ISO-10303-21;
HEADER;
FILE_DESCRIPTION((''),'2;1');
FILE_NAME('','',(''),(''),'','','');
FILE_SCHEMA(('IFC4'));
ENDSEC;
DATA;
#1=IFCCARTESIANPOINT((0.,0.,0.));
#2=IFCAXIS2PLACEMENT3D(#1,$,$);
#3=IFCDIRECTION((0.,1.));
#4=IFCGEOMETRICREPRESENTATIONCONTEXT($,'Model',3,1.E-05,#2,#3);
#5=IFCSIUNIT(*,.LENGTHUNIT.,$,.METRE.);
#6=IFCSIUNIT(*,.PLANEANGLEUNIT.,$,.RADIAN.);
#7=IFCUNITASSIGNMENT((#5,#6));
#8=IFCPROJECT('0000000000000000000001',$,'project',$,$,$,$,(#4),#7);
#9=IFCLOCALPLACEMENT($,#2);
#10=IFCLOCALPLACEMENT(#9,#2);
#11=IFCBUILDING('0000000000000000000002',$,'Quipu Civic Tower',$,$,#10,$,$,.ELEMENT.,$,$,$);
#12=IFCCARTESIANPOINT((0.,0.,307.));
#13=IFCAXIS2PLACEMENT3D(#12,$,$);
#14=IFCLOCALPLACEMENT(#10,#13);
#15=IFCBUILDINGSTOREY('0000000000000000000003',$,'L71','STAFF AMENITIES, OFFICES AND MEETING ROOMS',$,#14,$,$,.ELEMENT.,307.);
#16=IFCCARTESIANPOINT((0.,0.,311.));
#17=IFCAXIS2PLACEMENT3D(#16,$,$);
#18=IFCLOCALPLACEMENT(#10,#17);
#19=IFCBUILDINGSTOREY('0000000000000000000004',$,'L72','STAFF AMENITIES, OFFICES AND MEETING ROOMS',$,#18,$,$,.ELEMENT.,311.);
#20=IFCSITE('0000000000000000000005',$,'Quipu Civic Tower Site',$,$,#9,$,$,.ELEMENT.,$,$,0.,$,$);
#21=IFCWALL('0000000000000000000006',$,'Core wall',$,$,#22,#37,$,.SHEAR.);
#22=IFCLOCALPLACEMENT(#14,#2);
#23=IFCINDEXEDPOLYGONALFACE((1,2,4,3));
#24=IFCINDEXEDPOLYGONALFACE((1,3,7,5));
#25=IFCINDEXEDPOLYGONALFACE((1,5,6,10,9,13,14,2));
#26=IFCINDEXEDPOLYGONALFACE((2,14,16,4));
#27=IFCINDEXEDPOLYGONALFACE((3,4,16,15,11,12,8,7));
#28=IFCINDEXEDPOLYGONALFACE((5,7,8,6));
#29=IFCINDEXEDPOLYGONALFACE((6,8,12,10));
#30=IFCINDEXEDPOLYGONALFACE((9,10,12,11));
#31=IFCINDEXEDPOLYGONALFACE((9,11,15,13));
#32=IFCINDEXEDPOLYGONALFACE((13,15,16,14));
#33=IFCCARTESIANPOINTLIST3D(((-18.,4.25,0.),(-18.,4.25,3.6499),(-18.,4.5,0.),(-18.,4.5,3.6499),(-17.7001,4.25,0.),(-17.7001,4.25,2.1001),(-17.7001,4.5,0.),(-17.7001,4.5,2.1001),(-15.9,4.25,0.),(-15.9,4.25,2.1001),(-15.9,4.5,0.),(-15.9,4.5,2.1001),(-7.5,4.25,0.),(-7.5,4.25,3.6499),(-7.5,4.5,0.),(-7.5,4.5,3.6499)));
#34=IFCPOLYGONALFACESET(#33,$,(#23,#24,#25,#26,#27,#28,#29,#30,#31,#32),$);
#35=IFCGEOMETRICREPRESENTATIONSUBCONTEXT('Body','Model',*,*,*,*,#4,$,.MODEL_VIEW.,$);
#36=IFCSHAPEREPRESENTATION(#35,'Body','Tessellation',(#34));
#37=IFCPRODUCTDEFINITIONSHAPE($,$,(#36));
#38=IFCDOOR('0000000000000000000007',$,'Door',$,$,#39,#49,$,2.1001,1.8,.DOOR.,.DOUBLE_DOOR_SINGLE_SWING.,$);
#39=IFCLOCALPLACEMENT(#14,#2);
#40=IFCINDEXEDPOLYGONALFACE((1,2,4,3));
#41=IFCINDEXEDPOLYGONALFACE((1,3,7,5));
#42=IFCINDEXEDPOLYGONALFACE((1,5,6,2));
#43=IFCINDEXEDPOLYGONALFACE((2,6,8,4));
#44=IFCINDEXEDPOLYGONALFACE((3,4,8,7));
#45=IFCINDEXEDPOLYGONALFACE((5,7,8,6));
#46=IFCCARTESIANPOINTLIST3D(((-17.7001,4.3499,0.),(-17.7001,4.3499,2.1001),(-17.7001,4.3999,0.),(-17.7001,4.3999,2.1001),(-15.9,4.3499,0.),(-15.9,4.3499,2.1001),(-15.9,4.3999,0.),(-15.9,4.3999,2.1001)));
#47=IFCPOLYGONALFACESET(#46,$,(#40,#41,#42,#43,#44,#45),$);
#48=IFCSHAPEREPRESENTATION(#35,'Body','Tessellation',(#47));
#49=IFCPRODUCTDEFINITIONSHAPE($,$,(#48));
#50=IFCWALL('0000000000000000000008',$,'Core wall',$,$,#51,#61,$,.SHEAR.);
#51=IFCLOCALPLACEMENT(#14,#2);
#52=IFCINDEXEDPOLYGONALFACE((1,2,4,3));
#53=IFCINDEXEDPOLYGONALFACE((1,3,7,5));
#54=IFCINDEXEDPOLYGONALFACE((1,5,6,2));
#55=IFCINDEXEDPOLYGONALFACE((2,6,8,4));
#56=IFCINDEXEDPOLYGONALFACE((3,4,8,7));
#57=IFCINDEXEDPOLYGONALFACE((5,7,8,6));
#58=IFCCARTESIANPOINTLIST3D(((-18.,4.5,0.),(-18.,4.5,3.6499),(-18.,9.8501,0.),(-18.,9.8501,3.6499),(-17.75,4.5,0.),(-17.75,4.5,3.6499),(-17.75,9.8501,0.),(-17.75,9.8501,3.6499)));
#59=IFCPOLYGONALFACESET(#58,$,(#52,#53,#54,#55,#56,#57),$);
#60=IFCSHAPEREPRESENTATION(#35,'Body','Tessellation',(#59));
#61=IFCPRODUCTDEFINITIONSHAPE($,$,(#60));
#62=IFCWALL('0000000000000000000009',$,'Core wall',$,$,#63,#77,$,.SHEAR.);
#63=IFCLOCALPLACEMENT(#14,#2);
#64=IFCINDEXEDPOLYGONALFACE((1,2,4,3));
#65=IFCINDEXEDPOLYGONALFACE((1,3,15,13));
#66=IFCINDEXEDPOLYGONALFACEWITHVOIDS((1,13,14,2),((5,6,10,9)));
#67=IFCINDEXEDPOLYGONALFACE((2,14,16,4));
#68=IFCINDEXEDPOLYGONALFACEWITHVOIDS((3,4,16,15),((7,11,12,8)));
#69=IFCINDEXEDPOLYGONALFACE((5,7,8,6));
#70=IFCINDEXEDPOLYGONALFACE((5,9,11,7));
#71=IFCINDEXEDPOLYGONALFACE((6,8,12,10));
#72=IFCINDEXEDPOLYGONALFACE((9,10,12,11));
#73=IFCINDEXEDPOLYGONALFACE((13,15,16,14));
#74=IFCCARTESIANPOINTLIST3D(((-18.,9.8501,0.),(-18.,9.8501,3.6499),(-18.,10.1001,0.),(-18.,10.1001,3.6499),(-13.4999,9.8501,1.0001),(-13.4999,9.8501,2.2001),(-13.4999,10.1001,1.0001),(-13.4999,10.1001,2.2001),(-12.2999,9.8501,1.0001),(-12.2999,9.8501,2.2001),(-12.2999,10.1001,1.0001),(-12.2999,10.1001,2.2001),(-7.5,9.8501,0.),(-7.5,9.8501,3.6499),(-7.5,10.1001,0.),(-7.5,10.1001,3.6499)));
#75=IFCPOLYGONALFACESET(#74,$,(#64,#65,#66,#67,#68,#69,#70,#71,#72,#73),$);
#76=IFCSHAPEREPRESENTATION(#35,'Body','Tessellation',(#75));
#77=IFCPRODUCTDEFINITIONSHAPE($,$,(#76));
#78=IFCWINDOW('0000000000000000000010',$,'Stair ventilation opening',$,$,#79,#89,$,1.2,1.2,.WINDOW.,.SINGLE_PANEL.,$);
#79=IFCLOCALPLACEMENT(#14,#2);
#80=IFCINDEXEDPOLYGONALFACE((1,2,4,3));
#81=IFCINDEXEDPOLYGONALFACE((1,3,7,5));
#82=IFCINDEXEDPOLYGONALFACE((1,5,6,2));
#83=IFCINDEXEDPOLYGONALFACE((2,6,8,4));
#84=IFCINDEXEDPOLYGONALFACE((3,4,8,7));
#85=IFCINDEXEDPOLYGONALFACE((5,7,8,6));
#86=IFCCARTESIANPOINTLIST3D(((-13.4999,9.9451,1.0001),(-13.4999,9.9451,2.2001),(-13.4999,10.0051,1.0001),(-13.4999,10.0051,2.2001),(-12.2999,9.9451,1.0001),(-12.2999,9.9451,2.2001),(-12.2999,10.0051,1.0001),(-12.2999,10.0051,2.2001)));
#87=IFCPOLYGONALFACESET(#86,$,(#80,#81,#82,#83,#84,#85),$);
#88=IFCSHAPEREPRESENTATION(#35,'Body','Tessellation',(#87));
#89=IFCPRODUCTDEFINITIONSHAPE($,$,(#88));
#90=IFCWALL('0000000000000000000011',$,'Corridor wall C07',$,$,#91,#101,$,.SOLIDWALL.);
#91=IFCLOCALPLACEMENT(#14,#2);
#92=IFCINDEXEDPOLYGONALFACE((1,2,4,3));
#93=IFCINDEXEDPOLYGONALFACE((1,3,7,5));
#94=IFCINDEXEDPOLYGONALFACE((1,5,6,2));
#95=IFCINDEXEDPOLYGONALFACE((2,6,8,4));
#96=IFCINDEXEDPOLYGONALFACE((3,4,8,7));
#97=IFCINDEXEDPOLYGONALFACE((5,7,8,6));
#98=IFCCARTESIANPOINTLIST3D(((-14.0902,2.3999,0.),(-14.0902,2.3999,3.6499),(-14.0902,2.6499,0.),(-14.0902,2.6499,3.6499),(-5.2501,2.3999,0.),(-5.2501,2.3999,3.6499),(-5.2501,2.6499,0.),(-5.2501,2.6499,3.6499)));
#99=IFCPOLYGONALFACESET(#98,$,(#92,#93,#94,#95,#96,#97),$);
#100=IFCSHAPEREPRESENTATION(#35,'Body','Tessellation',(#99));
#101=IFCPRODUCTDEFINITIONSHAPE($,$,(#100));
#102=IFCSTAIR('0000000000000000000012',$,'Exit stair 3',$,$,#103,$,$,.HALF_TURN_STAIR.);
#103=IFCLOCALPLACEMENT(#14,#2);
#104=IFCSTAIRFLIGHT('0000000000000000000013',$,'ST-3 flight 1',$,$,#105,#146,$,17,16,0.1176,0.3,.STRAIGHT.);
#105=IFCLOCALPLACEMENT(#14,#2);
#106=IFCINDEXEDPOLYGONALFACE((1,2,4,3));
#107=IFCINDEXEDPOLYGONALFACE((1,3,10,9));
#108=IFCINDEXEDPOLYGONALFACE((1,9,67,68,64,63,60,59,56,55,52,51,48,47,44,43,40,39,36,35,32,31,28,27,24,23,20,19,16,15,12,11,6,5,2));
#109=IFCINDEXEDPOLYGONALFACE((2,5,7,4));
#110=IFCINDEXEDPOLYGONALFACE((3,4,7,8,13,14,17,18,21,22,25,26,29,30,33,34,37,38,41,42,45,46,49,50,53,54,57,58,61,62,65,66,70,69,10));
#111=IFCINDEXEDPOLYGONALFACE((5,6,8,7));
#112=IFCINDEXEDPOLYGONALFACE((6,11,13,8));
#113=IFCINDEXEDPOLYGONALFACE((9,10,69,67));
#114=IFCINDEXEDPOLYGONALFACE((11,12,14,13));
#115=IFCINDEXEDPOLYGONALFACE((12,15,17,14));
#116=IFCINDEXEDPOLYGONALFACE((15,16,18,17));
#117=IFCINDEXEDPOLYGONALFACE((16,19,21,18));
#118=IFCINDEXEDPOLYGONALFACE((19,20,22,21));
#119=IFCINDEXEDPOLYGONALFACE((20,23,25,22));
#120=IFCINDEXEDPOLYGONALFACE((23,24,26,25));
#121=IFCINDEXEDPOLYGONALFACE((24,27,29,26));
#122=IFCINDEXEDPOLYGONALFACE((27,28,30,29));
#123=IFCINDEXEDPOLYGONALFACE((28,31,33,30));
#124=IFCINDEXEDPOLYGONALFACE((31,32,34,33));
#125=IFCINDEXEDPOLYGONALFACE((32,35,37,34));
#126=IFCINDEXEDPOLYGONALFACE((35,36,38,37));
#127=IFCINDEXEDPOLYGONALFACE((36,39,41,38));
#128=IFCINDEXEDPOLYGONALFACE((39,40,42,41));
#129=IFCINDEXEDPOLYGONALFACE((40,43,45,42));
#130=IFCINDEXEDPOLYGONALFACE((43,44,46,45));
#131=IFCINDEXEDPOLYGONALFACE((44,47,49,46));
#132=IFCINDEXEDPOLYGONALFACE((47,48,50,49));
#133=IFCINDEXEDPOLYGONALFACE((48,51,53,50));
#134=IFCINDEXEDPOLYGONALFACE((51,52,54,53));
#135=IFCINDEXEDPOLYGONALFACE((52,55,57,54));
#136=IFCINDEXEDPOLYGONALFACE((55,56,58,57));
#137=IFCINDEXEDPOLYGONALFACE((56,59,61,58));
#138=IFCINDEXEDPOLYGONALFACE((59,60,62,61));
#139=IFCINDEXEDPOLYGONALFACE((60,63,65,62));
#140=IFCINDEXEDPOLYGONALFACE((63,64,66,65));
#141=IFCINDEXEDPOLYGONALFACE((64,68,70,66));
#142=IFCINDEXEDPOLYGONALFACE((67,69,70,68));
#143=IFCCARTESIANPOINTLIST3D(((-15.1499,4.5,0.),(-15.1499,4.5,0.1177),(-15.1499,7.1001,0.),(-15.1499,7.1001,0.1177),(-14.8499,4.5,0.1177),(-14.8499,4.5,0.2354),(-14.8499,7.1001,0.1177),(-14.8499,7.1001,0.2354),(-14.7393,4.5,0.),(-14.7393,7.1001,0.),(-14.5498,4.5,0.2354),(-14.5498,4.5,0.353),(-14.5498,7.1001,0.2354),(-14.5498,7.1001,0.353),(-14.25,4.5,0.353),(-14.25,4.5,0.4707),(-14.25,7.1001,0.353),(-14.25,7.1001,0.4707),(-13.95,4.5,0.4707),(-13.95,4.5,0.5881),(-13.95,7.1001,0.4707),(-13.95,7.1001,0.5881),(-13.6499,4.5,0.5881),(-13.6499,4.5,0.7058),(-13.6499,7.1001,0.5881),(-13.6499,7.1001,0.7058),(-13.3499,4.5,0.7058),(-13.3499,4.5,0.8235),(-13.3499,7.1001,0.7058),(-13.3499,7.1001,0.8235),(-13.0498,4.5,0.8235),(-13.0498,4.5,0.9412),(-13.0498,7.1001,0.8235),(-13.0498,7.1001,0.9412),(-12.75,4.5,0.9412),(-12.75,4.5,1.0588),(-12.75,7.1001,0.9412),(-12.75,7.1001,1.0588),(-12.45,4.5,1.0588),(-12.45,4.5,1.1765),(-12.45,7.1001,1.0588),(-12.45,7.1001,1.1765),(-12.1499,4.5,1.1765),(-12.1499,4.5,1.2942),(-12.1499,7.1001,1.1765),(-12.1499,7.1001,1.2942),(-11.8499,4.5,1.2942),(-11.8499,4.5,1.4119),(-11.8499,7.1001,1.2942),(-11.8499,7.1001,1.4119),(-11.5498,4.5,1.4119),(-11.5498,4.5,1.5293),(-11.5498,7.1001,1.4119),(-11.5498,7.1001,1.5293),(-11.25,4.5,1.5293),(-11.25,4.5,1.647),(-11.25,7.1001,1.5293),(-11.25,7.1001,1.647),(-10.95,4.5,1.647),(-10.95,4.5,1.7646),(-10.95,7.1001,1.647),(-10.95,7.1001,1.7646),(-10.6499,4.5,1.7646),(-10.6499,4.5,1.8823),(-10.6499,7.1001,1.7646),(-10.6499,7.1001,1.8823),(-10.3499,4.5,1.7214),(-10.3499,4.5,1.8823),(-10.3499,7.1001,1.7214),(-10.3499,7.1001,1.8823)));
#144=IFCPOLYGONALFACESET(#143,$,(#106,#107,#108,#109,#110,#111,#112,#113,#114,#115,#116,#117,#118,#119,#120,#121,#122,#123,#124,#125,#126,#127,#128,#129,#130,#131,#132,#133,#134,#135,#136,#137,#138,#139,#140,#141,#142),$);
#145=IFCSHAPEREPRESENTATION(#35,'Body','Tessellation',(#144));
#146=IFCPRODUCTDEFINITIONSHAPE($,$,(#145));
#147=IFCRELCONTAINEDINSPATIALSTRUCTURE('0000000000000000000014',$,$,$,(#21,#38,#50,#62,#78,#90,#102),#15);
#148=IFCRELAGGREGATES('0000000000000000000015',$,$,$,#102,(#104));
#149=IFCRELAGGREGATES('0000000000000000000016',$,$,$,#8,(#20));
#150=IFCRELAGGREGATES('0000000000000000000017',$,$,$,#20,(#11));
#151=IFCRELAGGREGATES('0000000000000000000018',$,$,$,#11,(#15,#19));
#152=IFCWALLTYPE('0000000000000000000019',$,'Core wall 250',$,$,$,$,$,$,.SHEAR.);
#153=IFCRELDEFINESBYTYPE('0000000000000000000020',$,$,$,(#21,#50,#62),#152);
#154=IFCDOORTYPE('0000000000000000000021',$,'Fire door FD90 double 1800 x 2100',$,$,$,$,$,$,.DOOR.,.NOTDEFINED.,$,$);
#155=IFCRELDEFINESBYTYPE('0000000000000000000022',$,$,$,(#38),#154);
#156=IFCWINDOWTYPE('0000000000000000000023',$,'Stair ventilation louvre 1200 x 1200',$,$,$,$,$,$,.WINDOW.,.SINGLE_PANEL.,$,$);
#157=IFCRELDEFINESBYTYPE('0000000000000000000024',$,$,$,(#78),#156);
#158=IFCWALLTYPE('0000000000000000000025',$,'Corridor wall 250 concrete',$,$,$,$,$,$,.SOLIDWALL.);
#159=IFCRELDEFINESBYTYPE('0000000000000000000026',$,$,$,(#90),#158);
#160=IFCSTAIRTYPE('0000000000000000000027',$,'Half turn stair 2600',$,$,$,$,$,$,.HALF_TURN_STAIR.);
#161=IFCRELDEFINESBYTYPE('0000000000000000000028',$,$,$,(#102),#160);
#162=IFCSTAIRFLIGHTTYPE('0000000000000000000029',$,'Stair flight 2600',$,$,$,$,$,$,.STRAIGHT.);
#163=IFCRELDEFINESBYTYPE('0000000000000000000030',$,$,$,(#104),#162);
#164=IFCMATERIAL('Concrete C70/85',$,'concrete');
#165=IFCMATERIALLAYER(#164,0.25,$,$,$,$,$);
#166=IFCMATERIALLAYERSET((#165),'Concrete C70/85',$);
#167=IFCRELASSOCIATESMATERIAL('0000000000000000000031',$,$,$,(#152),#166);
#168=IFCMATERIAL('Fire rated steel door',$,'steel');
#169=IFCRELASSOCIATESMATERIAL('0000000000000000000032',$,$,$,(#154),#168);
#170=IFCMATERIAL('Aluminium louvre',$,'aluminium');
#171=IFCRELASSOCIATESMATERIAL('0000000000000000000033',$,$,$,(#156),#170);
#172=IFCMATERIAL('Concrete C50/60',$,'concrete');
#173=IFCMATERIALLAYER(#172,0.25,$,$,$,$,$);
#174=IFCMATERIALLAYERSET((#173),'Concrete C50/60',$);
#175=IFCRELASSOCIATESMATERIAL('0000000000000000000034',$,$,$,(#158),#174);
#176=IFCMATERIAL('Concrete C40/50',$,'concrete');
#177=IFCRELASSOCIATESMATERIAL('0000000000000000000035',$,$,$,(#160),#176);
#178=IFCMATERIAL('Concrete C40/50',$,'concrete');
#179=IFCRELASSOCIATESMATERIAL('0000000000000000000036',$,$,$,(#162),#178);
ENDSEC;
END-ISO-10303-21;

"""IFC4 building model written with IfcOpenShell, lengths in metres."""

from ifc_helpers import new_model, si_unit, direction, frame, frame_2d, origin, place, context, subcontext, project, spatial, polyline, rectangle, outline, extrude, material, layer, layer_set, type_object, element, fill, aggregate, save


model = new_model("IFC4")

# Units and contexts
model_context = context("Model", 3, precision=1e-05, world=origin(), true_north=direction((0.0, 1.0)))
body_context = subcontext(model_context, "Body", "Model", "MODEL_VIEW")
ifc_project = project(units=[si_unit("LENGTHUNIT", "METRE"), si_unit("PLANEANGLEUNIT", "RADIAN")], contexts=[model_context])

# Site, building, storey
site_placement = place(None, origin())
site = spatial("IfcSite", under=ifc_project, at=site_placement, Name="Quipu Civic Tower Site", CompositionType="ELEMENT", RefElevation=0.0)
building_placement = place(site_placement, origin())
building = spatial("IfcBuilding", under=site, at=building_placement, Name="Quipu Civic Tower", CompositionType="ELEMENT")
storey_1_placement = place(building_placement, frame((0.0, 0.0, 307.0)))
storey_1 = spatial("IfcBuildingStorey", under=building, at=storey_1_placement, Name="L71", Description="STAFF AMENITIES, OFFICES AND MEETING ROOMS", CompositionType="ELEMENT", Elevation=307.0)

# Shared definitions
storey_2_placement = place(building_placement, frame((0.0, 0.0, 311.0)))
storey_2 = spatial("IfcBuildingStorey", under=building, at=storey_2_placement, Name="L72", Description="STAFF AMENITIES, OFFICES AND MEETING ROOMS", CompositionType="ELEMENT", Elevation=311.0)

# Shared definitions
ifc_material_1 = material(Name="Concrete C70/85", Category="concrete")
ifc_layer_1 = layer(ifc_material_1, 0.25)
ifc_layer_set_1 = layer_set([ifc_layer_1], Name="Concrete C70/85")
wall_type_1 = type_object("IfcWallType", Name="Core wall 250", PredefinedType="SHEAR", material=ifc_layer_set_1)
ifc_material_2 = material(Name="Fire rated steel door", Category="steel")
door_type = type_object("IfcDoorType", Name="Fire door FD90 double 1800 x 2100", OperationType="NOTDEFINED", PredefinedType="DOOR", material=ifc_material_2)

# Wall, opening, door
wall_1_placement = place(storey_1_placement, frame((-18.0, 4.375, 0.0), z_axis=(0.0, 0.0, 1.0), x_axis=(1.0, 0.0, 0.0)))
wall_1 = element("IfcWall", 1, at=wall_1_placement, inside=storey_1, type_object=wall_type_1, Name="Core wall", PredefinedType="SHEAR", context=body_context, shape_type="SweptSolid", body=[
    extrude(rectangle(XDim=10.5, YDim=0.25, at=frame_2d((5.25, 0.0))), origin(), (0.0, 0.0, 1.0), 3.6499),
])
opening_1_placement = place(wall_1_placement, frame((0.3, 0.0, 0.0)))
opening_1 = element("IfcOpeningElement", 2, at=opening_1_placement, cuts=wall_1, PredefinedType="OPENING", context=body_context, shape_type="SweptSolid", body=[
    extrude(rectangle(XDim=1.8, YDim=2.1001, at=frame_2d((0.8999, 1.05))), frame((0.0, 0.135, 0.0), z_axis=(0.0, -1.0, 0.0), x_axis=(1.0, 0.0, 0.0)), (0.0, 0.0, 1.0), 0.27),
])
door_1_placement = place(opening_1_placement, origin())
door_1 = element("IfcDoor", 3, at=door_1_placement, inside=storey_1, type_object=door_type, Name="Door", OperationType="DOUBLE_DOOR_SINGLE_SWING", OverallHeight=2.1001, OverallWidth=1.8, PredefinedType="DOOR", context=body_context, shape_type="SweptSolid", body=[
    extrude(rectangle(XDim=1.8, YDim=2.1001, at=frame_2d((0.8999, 1.05))), frame((0.0, 0.0249, 0.0), z_axis=(0.0, -1.0, 0.0), x_axis=(1.0, 0.0, 0.0)), (0.0, 0.0, 1.0), 0.05),
])
fill(opening_1, door_1)

# Wall
wall_2_placement = place(storey_1_placement, frame((-17.875, 4.5, 0.0), z_axis=(0.0, 0.0, 1.0), x_axis=(0.0, 1.0, 0.0)))
element("IfcWall", 4, at=wall_2_placement, inside=storey_1, type_object=wall_type_1, Name="Core wall", PredefinedType="SHEAR", context=body_context, shape_type="SweptSolid", body=[
    extrude(rectangle(XDim=5.3501, YDim=0.25, at=frame_2d((2.675, 0.0))), origin(), (0.0, 0.0, 1.0), 3.6499),
])

# Wall, opening, window
wall_3_placement = place(storey_1_placement, frame((-18.0, 9.9751, 0.0), z_axis=(0.0, 0.0, 1.0), x_axis=(1.0, 0.0, 0.0)))
wall_3 = element("IfcWall", 5, at=wall_3_placement, inside=storey_1, type_object=wall_type_1, Name="Core wall", PredefinedType="SHEAR", context=body_context, shape_type="SweptSolid", body=[
    extrude(rectangle(XDim=10.5, YDim=0.25, at=frame_2d((5.25, 0.0))), origin(), (0.0, 0.0, 1.0), 3.6499),
])
opening_2_placement = place(wall_3_placement, frame((4.5, 0.0, 1.0)))
opening_2 = element("IfcOpeningElement", 6, at=opening_2_placement, cuts=wall_3, PredefinedType="OPENING", context=body_context, shape_type="SweptSolid", body=[
    extrude(rectangle(XDim=1.2, YDim=1.2, at=frame_2d((0.6001, 0.6001))), frame((0.0, 0.135, 0.0), z_axis=(0.0, -1.0, 0.0), x_axis=(1.0, 0.0, 0.0)), (0.0, 0.0, 1.0), 0.27),
])
ifc_material_3 = material(Name="Aluminium louvre", Category="aluminium")
window_type = type_object("IfcWindowType", Name="Stair ventilation louvre 1200 x 1200", PartitioningType="SINGLE_PANEL", PredefinedType="WINDOW", material=ifc_material_3)
window_placement = place(opening_2_placement, origin())
window = element("IfcWindow", 7, at=window_placement, inside=storey_1, type_object=window_type, Name="Stair ventilation opening", OverallHeight=1.2, OverallWidth=1.2, PartitioningType="SINGLE_PANEL", PredefinedType="WINDOW", context=body_context, shape_type="SweptSolid", body=[
    extrude(rectangle(XDim=1.2, YDim=1.2, at=frame_2d((0.6001, 0.6001))), frame((0.0, 0.03, 0.0), z_axis=(0.0, -1.0, 0.0), x_axis=(1.0, 0.0, 0.0)), (0.0, 0.0, 1.0), 0.0601),
])
fill(opening_2, window)

# Wall
ifc_material_4 = material(Name="Concrete C50/60", Category="concrete")
ifc_layer_2 = layer(ifc_material_4, 0.25)
ifc_layer_set_2 = layer_set([ifc_layer_2], Name="Concrete C50/60")
wall_type_2 = type_object("IfcWallType", Name="Corridor wall 250 concrete", PredefinedType="SOLIDWALL", material=ifc_layer_set_2)
wall_4_placement = place(storey_1_placement, frame((-14.0901, 2.5249, 0.0), z_axis=(0.0, 0.0, 1.0), x_axis=(1.0, 0.0, 0.0)))
element("IfcWall", 8, at=wall_4_placement, inside=storey_1, type_object=wall_type_2, Name="Corridor wall C07", PredefinedType="SOLIDWALL", context=body_context, shape_type="SweptSolid", body=[
    extrude(rectangle(XDim=8.8401, YDim=0.25, at=frame_2d((4.4199, 0.0))), origin(), (0.0, 0.0, 1.0), 3.6499),
])

# Stair, stair flight
ifc_material_5 = material(Name="Concrete C40/50", Category="concrete")
stair_type = type_object("IfcStairType", Name="Half turn stair 2600", PredefinedType="HALF_TURN_STAIR", material=ifc_material_5)
stair_placement = place(storey_1_placement, origin())
stair = element("IfcStair", 9, at=stair_placement, inside=storey_1, type_object=stair_type, Name="Exit stair 3", PredefinedType="HALF_TURN_STAIR")
ifc_material_6 = material(Name="Concrete C40/50", Category="concrete")
stair_flight_type = type_object("IfcStairFlightType", Name="Stair flight 2600", PredefinedType="STRAIGHT", material=ifc_material_6)
stair_flight_placement = place(storey_1_placement, frame((-15.1499, 5.8, 0.0), z_axis=(0.0, 0.0, 1.0), x_axis=(1.0, 0.0, 0.0)))
stair_flight = element("IfcStairFlight", 10, at=stair_flight_placement, type_object=stair_flight_type, Name="ST-3 flight 1", NumberOfRisers=17, NumberOfTreads=16, PredefinedType="STRAIGHT", RiserHeight=0.1176, TreadLength=0.3, context=body_context, shape_type="SweptSolid", body=[
    extrude(outline(polyline([(0.0, 0.0), (0.0, 0.1177), (0.3, 0.1177), (0.3, 0.2354), (0.6001, 0.2354), (0.6001, 0.353), (0.8999, 0.353), (0.8999, 0.4707), (1.2, 0.4707), (1.2, 0.5881), (1.5, 0.5881), (1.5, 0.7058), (1.8, 0.7058), (1.8, 0.8235), (2.1001, 0.8235), (2.1001, 0.9412), (2.3999, 0.9412), (2.3999, 1.0588), (2.7, 1.0588), (2.7, 1.1765), (3.0, 1.1765), (3.0, 1.2942), (3.3, 1.2942), (3.3, 1.4119), (3.6001, 1.4119), (3.6001, 1.5293), (3.8999, 1.5293), (3.8999, 1.647), (4.2, 1.647), (4.2, 1.7646), (4.5, 1.7646), (4.5, 1.8823), (4.8, 1.8823), (4.8, 2.0), (4.8, 1.7214), (0.4106, 0.0), (0.0, 0.0)])), frame((0.0, 1.3, 0.0), z_axis=(0.0, -1.0, 0.0), x_axis=(1.0, 0.0, 0.0)), (0.0, 0.0, 1.0), 2.6001),
])
aggregate(stair, [stair_flight])

save(model, "model.ifc")
